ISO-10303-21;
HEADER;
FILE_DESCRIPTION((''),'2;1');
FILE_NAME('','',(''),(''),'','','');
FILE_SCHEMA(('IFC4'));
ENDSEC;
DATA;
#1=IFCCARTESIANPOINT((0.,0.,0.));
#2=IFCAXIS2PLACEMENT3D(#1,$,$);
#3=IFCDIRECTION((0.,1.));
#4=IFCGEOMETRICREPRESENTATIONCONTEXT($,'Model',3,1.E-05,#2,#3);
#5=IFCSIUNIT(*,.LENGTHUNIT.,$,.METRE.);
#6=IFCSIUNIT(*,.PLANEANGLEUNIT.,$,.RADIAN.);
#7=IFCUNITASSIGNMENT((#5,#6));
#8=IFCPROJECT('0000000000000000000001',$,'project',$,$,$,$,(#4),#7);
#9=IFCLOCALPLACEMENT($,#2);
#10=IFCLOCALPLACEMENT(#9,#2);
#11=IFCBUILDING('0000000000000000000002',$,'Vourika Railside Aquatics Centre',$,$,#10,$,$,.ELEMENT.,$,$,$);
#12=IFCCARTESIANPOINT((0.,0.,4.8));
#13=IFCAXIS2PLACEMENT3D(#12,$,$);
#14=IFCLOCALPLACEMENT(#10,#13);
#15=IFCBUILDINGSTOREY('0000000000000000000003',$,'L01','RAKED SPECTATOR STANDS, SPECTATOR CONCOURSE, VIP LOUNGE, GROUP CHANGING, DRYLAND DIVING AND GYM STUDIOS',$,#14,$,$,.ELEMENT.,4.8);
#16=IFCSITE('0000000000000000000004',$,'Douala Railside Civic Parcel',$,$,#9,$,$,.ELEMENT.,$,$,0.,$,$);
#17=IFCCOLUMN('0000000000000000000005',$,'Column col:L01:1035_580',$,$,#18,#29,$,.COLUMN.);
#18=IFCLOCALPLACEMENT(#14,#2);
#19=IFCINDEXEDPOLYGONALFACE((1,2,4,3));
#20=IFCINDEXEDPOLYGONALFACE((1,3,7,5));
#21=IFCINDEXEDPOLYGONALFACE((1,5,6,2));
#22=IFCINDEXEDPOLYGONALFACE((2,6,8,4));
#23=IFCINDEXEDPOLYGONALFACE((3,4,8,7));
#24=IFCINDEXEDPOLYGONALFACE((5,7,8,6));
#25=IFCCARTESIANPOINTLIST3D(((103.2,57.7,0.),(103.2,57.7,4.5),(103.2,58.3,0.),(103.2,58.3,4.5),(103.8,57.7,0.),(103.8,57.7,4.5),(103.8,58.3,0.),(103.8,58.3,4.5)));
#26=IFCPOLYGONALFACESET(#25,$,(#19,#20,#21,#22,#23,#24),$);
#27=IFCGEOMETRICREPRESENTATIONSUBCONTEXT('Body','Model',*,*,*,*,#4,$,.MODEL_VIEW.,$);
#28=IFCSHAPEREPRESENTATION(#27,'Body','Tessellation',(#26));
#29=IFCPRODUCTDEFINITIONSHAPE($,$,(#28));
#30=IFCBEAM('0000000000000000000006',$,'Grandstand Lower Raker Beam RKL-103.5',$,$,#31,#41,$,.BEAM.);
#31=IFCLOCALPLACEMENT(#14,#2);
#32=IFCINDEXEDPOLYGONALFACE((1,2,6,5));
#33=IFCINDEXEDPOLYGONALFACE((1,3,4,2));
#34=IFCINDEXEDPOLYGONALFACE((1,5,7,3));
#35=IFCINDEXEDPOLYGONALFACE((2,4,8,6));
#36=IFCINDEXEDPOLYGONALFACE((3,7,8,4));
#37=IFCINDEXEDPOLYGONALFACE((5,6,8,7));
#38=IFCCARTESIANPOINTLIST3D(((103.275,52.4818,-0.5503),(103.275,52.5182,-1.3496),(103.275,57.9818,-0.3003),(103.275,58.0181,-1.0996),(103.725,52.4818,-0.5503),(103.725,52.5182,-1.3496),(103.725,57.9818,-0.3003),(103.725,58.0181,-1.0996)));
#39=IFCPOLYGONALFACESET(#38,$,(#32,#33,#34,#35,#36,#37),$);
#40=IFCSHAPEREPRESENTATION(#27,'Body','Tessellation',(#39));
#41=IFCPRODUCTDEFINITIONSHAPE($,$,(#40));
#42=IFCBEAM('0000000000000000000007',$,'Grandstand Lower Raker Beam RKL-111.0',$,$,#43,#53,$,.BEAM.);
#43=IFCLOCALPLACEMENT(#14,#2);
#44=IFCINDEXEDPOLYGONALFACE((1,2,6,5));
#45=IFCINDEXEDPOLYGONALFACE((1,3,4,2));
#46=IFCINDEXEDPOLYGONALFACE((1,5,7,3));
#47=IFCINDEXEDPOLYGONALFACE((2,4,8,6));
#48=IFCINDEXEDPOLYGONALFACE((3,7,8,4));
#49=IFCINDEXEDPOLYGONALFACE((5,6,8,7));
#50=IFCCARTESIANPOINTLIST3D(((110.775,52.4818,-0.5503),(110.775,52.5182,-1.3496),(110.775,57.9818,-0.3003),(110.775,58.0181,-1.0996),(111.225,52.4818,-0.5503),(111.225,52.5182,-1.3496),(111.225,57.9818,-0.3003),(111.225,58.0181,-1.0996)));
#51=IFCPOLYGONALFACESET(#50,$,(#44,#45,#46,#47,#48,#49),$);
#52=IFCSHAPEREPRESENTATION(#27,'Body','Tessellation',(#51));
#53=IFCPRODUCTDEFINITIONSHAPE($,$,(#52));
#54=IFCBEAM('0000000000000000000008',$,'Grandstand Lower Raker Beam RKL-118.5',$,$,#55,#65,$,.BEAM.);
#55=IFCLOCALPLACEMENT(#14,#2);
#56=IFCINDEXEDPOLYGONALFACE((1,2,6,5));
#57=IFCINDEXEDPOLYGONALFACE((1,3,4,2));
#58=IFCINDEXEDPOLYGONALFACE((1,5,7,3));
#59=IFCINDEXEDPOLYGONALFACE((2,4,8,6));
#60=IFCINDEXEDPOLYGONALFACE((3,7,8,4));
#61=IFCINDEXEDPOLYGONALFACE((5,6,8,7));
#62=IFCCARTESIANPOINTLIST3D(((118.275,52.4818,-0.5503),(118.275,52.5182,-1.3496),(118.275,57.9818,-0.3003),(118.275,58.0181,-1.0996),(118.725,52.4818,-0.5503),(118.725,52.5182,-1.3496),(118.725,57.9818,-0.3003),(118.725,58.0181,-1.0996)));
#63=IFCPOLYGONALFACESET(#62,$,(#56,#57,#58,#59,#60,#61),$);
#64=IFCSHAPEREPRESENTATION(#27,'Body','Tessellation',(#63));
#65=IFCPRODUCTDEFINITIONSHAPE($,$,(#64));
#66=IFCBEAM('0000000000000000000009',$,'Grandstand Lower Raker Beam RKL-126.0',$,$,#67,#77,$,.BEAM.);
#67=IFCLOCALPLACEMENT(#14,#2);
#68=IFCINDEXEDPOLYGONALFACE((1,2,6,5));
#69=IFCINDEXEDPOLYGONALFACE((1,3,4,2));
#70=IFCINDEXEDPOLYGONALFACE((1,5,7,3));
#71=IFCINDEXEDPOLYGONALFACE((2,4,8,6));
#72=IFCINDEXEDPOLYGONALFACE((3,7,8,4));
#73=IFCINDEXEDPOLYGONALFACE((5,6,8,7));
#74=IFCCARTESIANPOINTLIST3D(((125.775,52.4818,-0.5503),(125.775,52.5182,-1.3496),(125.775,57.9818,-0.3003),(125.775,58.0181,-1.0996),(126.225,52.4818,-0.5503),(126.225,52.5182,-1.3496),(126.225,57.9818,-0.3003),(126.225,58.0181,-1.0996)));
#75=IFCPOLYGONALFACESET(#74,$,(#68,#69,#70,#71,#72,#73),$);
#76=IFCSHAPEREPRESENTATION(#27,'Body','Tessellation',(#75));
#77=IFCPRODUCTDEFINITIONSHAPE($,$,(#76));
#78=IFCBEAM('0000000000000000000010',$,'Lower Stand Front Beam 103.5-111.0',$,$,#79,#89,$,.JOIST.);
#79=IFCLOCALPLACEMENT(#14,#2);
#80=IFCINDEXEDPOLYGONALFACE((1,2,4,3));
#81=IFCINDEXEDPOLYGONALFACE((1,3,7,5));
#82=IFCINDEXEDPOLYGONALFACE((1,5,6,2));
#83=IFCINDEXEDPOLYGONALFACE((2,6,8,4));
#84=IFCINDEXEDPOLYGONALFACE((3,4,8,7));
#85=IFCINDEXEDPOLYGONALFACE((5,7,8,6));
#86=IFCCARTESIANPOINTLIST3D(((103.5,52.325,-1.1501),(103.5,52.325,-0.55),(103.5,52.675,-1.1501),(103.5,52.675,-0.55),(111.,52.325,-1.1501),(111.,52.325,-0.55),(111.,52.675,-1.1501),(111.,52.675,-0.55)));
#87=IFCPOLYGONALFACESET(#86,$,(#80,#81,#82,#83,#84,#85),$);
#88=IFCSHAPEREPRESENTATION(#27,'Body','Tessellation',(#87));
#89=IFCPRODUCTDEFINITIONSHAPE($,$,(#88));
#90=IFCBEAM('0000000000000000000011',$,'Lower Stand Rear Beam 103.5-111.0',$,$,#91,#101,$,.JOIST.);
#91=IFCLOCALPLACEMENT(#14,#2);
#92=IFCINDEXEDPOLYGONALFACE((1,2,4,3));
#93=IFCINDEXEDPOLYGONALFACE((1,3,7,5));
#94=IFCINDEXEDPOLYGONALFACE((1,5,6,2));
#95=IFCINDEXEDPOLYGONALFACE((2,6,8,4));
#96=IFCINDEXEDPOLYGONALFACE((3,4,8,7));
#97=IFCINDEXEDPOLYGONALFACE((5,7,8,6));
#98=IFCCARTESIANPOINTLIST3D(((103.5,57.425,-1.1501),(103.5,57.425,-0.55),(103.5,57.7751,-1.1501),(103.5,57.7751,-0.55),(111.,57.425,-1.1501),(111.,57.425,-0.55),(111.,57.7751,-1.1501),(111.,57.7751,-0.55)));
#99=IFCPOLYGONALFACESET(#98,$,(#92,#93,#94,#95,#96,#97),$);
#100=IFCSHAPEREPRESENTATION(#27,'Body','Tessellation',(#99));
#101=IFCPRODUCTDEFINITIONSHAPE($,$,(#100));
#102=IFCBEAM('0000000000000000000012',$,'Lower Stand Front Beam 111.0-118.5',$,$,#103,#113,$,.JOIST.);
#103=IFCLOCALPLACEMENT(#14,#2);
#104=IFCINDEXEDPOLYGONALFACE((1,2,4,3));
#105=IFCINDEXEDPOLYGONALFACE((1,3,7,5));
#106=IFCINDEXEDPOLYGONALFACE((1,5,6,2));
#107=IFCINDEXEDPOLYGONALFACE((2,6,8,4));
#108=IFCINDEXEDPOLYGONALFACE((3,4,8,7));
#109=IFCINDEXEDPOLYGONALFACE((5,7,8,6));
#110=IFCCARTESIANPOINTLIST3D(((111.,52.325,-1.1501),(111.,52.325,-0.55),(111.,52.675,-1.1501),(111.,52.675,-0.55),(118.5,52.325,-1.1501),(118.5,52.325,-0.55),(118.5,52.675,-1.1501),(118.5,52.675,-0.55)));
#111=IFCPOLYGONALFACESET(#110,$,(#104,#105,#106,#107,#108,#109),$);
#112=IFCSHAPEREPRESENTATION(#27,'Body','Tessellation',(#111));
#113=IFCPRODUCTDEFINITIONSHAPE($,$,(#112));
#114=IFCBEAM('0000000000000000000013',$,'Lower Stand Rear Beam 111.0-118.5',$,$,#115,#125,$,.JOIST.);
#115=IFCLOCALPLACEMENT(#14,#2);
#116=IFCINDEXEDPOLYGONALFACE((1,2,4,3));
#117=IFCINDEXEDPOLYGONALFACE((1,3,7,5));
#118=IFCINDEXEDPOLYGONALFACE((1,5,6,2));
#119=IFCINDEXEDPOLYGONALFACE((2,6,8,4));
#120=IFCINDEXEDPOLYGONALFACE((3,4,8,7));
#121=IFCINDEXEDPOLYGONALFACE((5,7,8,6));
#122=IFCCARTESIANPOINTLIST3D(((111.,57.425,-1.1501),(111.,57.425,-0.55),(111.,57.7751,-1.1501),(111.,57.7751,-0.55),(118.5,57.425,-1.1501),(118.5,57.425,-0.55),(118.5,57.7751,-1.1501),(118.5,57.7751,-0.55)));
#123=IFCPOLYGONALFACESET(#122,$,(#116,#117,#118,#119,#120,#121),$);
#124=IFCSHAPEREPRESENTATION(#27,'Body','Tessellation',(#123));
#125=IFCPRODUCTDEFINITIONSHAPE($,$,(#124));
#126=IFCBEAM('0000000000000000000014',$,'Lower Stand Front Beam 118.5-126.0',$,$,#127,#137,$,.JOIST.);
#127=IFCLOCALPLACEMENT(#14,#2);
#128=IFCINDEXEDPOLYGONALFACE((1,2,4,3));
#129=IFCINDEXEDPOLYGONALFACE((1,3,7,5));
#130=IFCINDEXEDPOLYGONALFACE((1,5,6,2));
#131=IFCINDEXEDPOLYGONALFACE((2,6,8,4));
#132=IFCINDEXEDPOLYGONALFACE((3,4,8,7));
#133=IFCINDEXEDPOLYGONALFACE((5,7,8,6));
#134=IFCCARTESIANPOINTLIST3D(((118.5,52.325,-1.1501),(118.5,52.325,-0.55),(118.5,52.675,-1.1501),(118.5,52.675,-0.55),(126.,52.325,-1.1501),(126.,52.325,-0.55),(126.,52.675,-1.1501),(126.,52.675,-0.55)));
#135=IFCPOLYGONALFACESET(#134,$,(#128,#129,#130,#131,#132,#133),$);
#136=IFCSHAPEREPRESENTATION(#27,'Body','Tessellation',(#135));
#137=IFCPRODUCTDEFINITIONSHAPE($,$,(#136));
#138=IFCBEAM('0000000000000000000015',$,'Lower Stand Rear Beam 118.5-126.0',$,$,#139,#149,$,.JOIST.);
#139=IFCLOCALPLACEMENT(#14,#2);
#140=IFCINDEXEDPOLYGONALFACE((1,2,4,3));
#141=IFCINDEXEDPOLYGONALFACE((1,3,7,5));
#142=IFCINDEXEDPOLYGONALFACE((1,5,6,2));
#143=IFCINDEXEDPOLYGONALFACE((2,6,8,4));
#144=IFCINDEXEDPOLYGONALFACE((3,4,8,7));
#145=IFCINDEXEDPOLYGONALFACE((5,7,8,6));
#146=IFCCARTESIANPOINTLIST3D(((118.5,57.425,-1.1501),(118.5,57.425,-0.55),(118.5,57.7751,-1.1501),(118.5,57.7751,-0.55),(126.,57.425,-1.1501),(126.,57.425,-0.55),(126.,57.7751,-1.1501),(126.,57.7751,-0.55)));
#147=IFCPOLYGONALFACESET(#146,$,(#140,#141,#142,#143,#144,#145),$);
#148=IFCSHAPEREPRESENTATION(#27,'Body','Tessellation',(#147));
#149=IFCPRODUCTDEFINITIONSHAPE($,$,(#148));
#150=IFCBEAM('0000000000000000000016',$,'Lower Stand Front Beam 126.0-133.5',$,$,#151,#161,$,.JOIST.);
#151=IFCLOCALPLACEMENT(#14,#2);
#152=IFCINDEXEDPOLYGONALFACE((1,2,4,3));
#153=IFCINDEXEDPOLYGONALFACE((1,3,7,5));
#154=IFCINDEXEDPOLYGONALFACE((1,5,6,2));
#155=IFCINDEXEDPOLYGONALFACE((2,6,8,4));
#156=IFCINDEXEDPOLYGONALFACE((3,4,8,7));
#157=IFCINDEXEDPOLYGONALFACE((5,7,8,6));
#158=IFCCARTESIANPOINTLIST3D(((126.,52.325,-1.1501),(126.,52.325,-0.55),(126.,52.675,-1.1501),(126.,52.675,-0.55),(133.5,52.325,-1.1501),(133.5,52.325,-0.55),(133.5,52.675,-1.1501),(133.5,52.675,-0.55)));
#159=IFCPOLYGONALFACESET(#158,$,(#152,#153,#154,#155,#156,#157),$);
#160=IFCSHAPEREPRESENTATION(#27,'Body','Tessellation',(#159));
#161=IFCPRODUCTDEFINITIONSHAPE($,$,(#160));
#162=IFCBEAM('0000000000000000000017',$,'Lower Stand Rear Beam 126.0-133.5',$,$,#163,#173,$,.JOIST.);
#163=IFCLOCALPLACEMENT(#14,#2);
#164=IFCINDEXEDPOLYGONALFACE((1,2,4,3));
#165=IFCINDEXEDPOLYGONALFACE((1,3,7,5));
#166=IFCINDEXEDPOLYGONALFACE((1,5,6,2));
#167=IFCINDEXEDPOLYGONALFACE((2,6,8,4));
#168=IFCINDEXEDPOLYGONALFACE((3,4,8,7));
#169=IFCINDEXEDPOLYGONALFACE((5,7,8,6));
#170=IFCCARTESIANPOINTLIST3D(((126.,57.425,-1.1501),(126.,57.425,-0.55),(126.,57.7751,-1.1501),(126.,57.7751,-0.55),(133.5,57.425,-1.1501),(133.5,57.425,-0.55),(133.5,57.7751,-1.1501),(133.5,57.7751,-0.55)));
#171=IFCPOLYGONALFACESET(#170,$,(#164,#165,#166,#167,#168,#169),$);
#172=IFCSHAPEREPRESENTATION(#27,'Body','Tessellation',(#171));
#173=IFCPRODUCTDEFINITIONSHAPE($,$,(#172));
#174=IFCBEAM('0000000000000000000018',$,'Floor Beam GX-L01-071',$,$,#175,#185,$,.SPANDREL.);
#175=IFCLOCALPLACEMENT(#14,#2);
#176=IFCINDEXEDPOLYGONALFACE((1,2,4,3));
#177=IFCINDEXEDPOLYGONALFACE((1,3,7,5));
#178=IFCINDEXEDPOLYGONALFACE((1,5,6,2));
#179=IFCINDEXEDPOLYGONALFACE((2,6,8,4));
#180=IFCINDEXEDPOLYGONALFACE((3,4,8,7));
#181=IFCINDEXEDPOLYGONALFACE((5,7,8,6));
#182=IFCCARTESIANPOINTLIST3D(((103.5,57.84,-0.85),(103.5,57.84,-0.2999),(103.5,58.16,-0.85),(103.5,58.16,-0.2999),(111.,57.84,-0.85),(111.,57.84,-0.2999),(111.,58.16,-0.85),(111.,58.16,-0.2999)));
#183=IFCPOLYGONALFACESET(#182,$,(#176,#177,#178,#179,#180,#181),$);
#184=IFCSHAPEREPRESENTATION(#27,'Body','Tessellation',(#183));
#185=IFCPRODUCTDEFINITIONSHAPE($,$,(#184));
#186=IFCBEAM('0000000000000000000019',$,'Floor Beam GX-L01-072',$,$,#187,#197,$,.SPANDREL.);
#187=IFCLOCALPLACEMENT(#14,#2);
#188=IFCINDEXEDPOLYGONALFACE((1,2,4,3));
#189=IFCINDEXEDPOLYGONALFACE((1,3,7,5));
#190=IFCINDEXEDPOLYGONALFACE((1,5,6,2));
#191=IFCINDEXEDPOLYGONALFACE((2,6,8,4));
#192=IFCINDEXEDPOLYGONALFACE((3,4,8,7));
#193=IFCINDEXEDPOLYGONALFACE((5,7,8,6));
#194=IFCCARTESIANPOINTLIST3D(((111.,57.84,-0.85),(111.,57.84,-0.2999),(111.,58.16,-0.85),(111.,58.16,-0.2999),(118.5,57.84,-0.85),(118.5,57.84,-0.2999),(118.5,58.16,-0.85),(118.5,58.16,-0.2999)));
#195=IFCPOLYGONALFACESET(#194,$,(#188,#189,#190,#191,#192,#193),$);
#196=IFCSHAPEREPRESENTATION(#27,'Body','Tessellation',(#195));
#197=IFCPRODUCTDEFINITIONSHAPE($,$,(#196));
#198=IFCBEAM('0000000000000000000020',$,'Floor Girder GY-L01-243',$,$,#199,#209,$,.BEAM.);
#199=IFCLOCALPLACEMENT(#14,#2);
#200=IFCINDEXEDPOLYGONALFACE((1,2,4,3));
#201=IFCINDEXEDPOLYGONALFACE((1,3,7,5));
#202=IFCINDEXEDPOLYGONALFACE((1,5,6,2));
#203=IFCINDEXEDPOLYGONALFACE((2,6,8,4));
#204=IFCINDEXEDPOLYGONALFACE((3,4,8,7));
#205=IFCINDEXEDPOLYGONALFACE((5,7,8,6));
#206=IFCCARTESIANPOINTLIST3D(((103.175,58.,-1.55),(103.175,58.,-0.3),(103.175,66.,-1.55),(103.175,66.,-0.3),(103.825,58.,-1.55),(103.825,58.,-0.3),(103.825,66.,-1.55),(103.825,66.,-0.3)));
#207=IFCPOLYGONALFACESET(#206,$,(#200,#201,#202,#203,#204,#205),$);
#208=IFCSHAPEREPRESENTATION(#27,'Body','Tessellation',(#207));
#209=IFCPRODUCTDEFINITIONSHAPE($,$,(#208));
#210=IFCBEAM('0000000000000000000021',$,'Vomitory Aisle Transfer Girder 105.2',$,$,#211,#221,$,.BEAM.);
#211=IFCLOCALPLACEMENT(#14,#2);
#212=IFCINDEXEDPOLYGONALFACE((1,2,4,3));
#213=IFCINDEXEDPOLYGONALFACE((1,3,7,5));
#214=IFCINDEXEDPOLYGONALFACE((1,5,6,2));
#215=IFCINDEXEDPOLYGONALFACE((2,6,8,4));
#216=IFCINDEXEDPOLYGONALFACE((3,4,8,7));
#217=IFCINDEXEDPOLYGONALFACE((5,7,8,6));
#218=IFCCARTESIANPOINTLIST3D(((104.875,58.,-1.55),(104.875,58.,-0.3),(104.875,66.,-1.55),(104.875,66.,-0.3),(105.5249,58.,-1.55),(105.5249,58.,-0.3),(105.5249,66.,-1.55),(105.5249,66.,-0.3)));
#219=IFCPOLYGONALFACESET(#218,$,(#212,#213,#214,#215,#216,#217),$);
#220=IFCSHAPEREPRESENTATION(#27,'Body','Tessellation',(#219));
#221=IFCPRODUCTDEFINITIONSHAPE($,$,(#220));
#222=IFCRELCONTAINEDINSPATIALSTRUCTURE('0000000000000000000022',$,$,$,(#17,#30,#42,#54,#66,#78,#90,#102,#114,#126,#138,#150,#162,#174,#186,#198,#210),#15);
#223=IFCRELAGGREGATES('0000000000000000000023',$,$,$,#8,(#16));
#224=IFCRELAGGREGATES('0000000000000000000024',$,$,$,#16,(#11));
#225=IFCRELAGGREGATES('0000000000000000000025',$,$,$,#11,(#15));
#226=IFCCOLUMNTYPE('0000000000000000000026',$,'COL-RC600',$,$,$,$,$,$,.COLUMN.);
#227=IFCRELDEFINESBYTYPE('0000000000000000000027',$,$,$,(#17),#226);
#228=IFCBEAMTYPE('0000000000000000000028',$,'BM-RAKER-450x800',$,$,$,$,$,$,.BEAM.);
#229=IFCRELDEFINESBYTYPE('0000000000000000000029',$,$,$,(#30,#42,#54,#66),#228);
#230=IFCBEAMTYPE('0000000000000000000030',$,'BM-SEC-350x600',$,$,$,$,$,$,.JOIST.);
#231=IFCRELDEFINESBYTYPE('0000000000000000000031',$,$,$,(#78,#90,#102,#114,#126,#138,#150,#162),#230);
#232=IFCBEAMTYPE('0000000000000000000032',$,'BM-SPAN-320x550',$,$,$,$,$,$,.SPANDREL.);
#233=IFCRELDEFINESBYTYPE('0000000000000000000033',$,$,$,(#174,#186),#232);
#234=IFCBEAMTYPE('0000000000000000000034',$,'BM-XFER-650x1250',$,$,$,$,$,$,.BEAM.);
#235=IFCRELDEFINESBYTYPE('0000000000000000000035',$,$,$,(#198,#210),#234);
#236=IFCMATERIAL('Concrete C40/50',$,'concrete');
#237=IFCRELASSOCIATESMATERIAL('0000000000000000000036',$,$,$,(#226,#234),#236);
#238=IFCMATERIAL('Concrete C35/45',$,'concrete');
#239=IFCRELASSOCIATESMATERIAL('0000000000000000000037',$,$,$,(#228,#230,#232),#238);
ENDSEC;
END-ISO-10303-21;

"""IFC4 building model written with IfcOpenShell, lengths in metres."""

from ifc_helpers import new_model, si_unit, direction, frame, origin, origin_2d, place, context, subcontext, project, spatial, rectangle, extrude, material, material_profile, profile_set, type_object, element, save


model = new_model("IFC4")

# Units and contexts
model_context = context("Model", 3, precision=1e-05, world=origin(), true_north=direction((0.0, 1.0)))
body_context = subcontext(model_context, "Body", "Model", "MODEL_VIEW")
ifc_project = project(units=[si_unit("LENGTHUNIT", "METRE"), si_unit("PLANEANGLEUNIT", "RADIAN")], contexts=[model_context])

# Site, building, storey
site_placement = place(None, origin())
site = spatial("IfcSite", under=ifc_project, at=site_placement, Name="Douala Railside Civic Parcel", CompositionType="ELEMENT", RefElevation=0.0)
building_placement = place(site_placement, origin())
building = spatial("IfcBuilding", under=site, at=building_placement, Name="Vourika Railside Aquatics Centre", CompositionType="ELEMENT")
storey_placement = place(building_placement, frame((0.0, 0.0, 4.8)))
storey = spatial("IfcBuildingStorey", under=building, at=storey_placement, Name="L01", Description="RAKED SPECTATOR STANDS, SPECTATOR CONCOURSE, VIP LOUNGE, GROUP CHANGING, DRYLAND DIVING AND GYM STUDIOS", CompositionType="ELEMENT", Elevation=4.8)

# Column
ifc_material_1 = material(Name="Concrete C40/50", Category="concrete")
ifc_material_profile_1 = material_profile(ifc_material_1, rectangle(XDim=0.6001, YDim=0.6001, at=origin_2d()), Name="RC 600x600")
ifc_profile_set_1 = profile_set([ifc_material_profile_1], Name="Concrete C40/50")
column_type = type_object("IfcColumnType", Name="COL-RC600", PredefinedType="COLUMN", material=ifc_profile_set_1)
column_placement = place(storey_placement, frame((103.5, 58.0, 0.0), z_axis=(0.0, 0.0, 1.0), x_axis=(1.0, 0.0, 0.0)))
element("IfcColumn", 1, at=column_placement, inside=storey, type_object=column_type, Name="Column col:L01:1035_580", PredefinedType="COLUMN", context=body_context, shape_type="SweptSolid", body=[
    extrude(rectangle(XDim=0.6001, YDim=0.6001, at=origin_2d()), origin(), (0.0, 0.0, 1.0), 4.5),
])

# Beams
ifc_material_2 = material(Name="Concrete C35/45", Category="concrete")
ifc_material_profile_2 = material_profile(ifc_material_2, rectangle(XDim=0.45, YDim=0.8, at=origin_2d()), Name="RC 450x800")
ifc_profile_set_2 = profile_set([ifc_material_profile_2], Name="Concrete C35/45")
beam_type_1 = type_object("IfcBeamType", Name="BM-RAKER-450x800", PredefinedType="BEAM", material=ifc_profile_set_2)
for number, where, z_axis, x_axis, name in (
    (2, (103.5, 52.5, -0.95), (0.0, 0.998969, 0.045408), (-1.0, 0.0, 0.0), "Grandstand Lower Raker Beam RKL-103.5"),
    (3, (111.0, 52.5, -0.95), (0.0, 0.998969, 0.045408), (-1.0, 0.0, 0.0), "Grandstand Lower Raker Beam RKL-111.0"),
    (4, (118.5, 52.5, -0.95), (0.0, 0.998969, 0.045408), (-1.0, 0.0, 0.0), "Grandstand Lower Raker Beam RKL-118.5"),
    (5, (126.0, 52.5, -0.95), (0.0, 0.998969, 0.045408), (-1.0, 0.0, 0.0), "Grandstand Lower Raker Beam RKL-126.0"),
):
    element("IfcBeam", number, at=place(storey_placement, frame(where, z_axis=z_axis, x_axis=x_axis)), inside=storey, type_object=beam_type_1, Name=name, PredefinedType="BEAM", context=body_context, shape_type="SweptSolid", body=[
        extrude(rectangle(XDim=0.45, YDim=0.8, at=origin_2d()), origin(), (0.0, 0.0, 1.0), 5.5056),
    ])
ifc_material_profile_3 = material_profile(ifc_material_2, rectangle(XDim=0.3501, YDim=0.6001, at=origin_2d()), Name="RC 350x600")
ifc_profile_set_3 = profile_set([ifc_material_profile_3], Name="Concrete C35/45")
beam_type_2 = type_object("IfcBeamType", Name="BM-SEC-350x600", PredefinedType="JOIST", material=ifc_profile_set_3)
for number, where, z_axis, x_axis, name in (
    (6, (103.5, 52.5, -0.8501), (1.0, 0.0, 0.0), (0.0, 1.0, 0.0), "Lower Stand Front Beam 103.5-111.0"),
    (7, (103.5, 57.6001, -0.8501), (1.0, 0.0, 0.0), (0.0, 1.0, 0.0), "Lower Stand Rear Beam 103.5-111.0"),
    (8, (111.0, 52.5, -0.8501), (1.0, 0.0, 0.0), (0.0, 1.0, 0.0), "Lower Stand Front Beam 111.0-118.5"),
    (9, (111.0, 57.6001, -0.8501), (1.0, 0.0, 0.0), (0.0, 1.0, 0.0), "Lower Stand Rear Beam 111.0-118.5"),
    (10, (118.5, 52.5, -0.8501), (1.0, 0.0, 0.0), (0.0, 1.0, 0.0), "Lower Stand Front Beam 118.5-126.0"),
    (11, (118.5, 57.6001, -0.8501), (1.0, 0.0, 0.0), (0.0, 1.0, 0.0), "Lower Stand Rear Beam 118.5-126.0"),
    (12, (126.0, 52.5, -0.8501), (1.0, 0.0, 0.0), (0.0, 1.0, 0.0), "Lower Stand Front Beam 126.0-133.5"),
    (13, (126.0, 57.6001, -0.8501), (1.0, 0.0, 0.0), (0.0, 1.0, 0.0), "Lower Stand Rear Beam 126.0-133.5"),
):
    element("IfcBeam", number, at=place(storey_placement, frame(where, z_axis=z_axis, x_axis=x_axis)), inside=storey, type_object=beam_type_2, Name=name, PredefinedType="JOIST", context=body_context, shape_type="SweptSolid", body=[
        extrude(rectangle(XDim=0.3501, YDim=0.6001, at=origin_2d()), origin(), (0.0, 0.0, 1.0), 7.5),
    ])
ifc_material_profile_4 = material_profile(ifc_material_2, rectangle(XDim=0.3201, YDim=0.55, at=origin_2d()), Name="RC 320x550")
ifc_profile_set_4 = profile_set([ifc_material_profile_4], Name="Concrete C35/45")
beam_type_3 = type_object("IfcBeamType", Name="BM-SPAN-320x550", PredefinedType="SPANDREL", material=ifc_profile_set_4)
for number, where, z_axis, x_axis, name in (
    (14, (103.5, 58.0, -0.575), (1.0, 0.0, 0.0), (0.0, 1.0, 0.0), "Floor Beam GX-L01-071"),
    (15, (111.0, 58.0, -0.575), (1.0, 0.0, 0.0), (0.0, 1.0, 0.0), "Floor Beam GX-L01-072"),
):
    element("IfcBeam", number, at=place(storey_placement, frame(where, z_axis=z_axis, x_axis=x_axis)), inside=storey, type_object=beam_type_3, Name=name, PredefinedType="SPANDREL", context=body_context, shape_type="SweptSolid", body=[
        extrude(rectangle(XDim=0.3201, YDim=0.55, at=origin_2d()), origin(), (0.0, 0.0, 1.0), 7.5),
    ])
ifc_material_profile_5 = material_profile(ifc_material_1, rectangle(XDim=0.6499, YDim=1.25, at=origin_2d()), Name="RC 650x1250")
ifc_profile_set_5 = profile_set([ifc_material_profile_5], Name="Concrete C40/50")
beam_type_4 = type_object("IfcBeamType", Name="BM-XFER-650x1250", PredefinedType="BEAM", material=ifc_profile_set_5)
for number, where, z_axis, x_axis, name in (
    (16, (103.5, 58.0, -0.925), (0.0, 1.0, 0.0), (-1.0, 0.0, 0.0), "Floor Girder GY-L01-243"),
    (17, (105.2, 58.0, -0.925), (0.0, 1.0, 0.0), (-1.0, 0.0, 0.0), "Vomitory Aisle Transfer Girder 105.2"),
):
    element("IfcBeam", number, at=place(storey_placement, frame(where, z_axis=z_axis, x_axis=x_axis)), inside=storey, type_object=beam_type_4, Name=name, PredefinedType="BEAM", context=body_context, shape_type="SweptSolid", body=[
        extrude(rectangle(XDim=0.6499, YDim=1.25, at=origin_2d()), origin(), (0.0, 0.0, 1.0), 8.0),
    ])

save(model, "model.ifc")
